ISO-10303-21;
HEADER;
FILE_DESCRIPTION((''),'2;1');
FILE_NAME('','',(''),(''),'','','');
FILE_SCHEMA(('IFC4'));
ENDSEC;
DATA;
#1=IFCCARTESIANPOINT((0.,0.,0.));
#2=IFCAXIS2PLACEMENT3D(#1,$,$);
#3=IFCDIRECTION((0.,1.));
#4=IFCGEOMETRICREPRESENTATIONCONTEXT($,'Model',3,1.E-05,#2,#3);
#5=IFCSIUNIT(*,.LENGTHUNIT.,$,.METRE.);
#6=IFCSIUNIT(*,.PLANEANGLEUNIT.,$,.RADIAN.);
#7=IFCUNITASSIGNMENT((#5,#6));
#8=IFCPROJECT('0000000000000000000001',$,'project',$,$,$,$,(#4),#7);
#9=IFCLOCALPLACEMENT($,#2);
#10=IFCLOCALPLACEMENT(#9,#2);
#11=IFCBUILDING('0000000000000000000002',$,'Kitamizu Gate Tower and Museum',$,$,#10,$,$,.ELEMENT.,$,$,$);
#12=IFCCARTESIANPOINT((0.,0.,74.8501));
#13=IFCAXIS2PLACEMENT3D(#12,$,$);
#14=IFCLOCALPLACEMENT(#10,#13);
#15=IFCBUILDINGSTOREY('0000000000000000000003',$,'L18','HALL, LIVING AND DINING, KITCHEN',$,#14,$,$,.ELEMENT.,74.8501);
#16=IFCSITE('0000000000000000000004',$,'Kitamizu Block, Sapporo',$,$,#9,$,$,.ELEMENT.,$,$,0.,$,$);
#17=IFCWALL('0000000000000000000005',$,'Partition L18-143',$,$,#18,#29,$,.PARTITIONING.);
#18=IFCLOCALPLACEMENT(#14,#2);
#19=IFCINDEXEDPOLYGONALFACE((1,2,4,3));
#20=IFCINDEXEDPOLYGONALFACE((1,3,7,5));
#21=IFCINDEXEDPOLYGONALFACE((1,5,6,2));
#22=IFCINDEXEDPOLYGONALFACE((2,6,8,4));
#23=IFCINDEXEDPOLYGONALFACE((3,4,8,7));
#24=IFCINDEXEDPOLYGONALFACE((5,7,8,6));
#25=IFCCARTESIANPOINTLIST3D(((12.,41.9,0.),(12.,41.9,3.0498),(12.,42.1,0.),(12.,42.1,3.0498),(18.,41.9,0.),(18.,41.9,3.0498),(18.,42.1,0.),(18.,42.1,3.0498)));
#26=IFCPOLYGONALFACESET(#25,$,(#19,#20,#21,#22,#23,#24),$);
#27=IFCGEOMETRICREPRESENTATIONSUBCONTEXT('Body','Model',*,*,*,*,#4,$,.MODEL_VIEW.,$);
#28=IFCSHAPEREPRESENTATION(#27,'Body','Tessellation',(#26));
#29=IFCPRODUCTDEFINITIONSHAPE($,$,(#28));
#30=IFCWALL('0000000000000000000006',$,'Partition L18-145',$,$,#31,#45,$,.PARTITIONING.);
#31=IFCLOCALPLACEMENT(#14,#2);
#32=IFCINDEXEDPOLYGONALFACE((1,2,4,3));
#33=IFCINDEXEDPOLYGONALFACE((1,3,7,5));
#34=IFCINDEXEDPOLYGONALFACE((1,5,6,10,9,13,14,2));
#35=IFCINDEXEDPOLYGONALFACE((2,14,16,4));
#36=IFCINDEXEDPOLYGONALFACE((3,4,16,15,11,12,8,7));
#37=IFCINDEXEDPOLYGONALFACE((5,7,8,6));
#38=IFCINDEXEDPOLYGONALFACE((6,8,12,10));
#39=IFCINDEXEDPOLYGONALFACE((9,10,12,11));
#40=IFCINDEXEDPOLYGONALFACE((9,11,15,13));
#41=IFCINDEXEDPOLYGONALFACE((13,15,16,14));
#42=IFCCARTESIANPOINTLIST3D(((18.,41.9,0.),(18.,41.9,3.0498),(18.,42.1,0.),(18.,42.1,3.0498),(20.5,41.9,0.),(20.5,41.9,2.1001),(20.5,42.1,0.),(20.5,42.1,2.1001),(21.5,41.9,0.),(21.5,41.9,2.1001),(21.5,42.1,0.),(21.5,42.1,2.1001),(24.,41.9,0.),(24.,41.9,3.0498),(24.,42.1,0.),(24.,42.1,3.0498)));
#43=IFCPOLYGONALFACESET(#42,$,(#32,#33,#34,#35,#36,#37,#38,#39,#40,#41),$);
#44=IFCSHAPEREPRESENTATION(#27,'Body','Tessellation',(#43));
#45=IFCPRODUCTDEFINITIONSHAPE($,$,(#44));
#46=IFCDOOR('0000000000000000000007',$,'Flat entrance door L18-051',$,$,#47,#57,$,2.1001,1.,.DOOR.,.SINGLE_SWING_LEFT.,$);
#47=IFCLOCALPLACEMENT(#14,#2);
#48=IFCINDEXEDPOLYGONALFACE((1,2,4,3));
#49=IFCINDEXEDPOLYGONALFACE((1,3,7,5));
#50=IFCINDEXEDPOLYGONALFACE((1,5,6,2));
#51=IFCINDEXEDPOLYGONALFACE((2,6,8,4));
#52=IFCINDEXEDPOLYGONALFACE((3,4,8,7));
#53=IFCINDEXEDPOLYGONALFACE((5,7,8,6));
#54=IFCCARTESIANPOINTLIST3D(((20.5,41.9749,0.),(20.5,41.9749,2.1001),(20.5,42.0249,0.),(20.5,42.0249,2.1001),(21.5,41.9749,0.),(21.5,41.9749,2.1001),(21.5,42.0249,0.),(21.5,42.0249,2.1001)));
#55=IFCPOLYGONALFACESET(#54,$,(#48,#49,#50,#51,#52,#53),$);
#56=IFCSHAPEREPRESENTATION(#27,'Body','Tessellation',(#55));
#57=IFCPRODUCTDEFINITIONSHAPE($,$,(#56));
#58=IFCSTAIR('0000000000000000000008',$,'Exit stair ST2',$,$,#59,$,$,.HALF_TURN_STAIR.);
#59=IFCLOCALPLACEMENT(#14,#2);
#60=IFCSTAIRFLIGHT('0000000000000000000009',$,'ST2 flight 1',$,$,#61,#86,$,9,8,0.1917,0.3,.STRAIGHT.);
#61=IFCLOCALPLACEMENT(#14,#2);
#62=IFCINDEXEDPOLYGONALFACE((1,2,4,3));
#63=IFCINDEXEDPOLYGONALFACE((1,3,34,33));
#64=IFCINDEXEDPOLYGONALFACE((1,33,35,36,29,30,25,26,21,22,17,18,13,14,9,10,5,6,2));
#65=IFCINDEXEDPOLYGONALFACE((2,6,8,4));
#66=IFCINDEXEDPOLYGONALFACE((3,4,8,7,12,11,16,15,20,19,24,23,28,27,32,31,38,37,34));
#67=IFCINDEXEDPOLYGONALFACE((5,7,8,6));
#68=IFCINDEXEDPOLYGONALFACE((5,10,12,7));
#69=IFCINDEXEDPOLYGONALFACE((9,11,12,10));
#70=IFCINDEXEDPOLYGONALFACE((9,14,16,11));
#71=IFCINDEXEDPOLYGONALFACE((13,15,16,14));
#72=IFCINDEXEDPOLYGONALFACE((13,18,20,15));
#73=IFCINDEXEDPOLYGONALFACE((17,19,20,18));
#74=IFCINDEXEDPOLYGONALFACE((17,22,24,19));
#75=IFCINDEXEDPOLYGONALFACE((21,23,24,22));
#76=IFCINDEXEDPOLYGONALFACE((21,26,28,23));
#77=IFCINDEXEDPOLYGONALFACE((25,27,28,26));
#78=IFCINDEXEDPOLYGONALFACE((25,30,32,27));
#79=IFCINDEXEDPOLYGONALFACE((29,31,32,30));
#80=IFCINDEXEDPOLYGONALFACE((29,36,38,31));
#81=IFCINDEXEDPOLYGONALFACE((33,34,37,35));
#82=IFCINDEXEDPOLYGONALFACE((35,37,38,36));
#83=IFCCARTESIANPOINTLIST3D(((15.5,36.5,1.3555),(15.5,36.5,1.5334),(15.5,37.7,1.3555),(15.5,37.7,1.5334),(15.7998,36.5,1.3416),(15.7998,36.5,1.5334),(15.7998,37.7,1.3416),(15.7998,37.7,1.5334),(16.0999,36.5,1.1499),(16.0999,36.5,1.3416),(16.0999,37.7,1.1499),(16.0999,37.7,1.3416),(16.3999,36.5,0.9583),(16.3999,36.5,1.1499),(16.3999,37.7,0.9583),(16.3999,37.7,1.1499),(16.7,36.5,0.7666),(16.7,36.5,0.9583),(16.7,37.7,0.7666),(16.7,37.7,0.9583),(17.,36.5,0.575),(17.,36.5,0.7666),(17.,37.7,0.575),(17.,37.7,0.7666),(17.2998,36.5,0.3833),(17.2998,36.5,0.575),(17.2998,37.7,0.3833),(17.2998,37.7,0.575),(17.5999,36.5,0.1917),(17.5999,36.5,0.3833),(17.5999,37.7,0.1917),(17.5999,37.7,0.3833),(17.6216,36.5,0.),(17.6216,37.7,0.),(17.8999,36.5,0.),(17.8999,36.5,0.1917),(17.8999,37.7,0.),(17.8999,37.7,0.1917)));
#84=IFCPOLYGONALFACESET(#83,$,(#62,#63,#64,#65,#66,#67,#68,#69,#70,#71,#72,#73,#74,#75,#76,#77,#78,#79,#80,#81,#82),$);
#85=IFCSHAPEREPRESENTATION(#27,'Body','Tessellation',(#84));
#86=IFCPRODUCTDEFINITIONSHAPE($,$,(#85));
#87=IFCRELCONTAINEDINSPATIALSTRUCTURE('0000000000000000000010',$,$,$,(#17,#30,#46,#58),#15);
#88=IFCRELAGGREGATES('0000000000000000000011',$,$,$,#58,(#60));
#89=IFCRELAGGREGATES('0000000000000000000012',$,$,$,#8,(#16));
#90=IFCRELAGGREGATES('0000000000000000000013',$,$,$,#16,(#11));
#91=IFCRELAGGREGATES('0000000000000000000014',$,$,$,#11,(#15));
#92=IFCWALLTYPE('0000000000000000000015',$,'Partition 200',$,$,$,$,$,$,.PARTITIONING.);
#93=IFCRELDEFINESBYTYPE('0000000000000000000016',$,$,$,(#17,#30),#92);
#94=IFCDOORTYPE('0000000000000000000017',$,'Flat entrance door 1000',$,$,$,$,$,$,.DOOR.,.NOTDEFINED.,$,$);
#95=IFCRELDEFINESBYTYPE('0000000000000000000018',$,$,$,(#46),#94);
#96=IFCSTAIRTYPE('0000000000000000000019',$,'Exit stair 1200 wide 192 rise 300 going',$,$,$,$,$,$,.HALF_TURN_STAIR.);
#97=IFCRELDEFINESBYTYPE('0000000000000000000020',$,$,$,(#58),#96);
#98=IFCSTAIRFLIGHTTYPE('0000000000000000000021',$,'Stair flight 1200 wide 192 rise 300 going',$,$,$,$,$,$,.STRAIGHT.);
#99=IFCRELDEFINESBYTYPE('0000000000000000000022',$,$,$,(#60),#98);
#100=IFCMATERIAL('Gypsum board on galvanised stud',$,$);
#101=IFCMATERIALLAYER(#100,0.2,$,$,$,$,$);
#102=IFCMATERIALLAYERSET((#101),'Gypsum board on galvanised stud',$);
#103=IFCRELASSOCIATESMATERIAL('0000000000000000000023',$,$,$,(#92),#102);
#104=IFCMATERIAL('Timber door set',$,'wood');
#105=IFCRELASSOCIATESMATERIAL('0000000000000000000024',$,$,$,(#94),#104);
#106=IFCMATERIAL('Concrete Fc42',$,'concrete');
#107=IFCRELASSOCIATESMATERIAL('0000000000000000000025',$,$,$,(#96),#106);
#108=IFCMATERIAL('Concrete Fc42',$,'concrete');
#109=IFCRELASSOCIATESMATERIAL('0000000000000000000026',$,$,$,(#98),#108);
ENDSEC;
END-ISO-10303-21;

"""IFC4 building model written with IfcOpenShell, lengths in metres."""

from ifc_helpers import new_model, si_unit, direction, frame, frame_2d, origin, place, context, subcontext, project, spatial, polyline, rectangle, outline, extrude, material, layer, layer_set, type_object, element, fill, aggregate, save


model = new_model("IFC4")

# Units and contexts
model_context = context("Model", 3, precision=1e-05, world=origin(), true_north=direction((0.0, 1.0)))
body_context = subcontext(model_context, "Body", "Model", "MODEL_VIEW")
ifc_project = project(units=[si_unit("LENGTHUNIT", "METRE"), si_unit("PLANEANGLEUNIT", "RADIAN")], contexts=[model_context])

# Site, building, storey
site_placement = place(None, origin())
site = spatial("IfcSite", under=ifc_project, at=site_placement, Name="Kitamizu Block, Sapporo", CompositionType="ELEMENT", RefElevation=0.0)
building_placement = place(site_placement, origin())
building = spatial("IfcBuilding", under=site, at=building_placement, Name="Kitamizu Gate Tower and Museum", CompositionType="ELEMENT")
storey_placement = place(building_placement, frame((0.0, 0.0, 74.8501)))
storey = spatial("IfcBuildingStorey", under=building, at=storey_placement, Name="L18", Description="HALL, LIVING AND DINING, KITCHEN", CompositionType="ELEMENT", Elevation=74.8501)

# Wall
ifc_material_1 = material(Name="Gypsum board on galvanised stud")
ifc_layer_1 = layer(ifc_material_1, 0.2)
ifc_layer_set_1 = layer_set([ifc_layer_1], Name="Gypsum board on galvanised stud")
wall_type_1 = type_object("IfcWallType", Name="Partition 200", PredefinedType="PARTITIONING", material=ifc_layer_set_1)
wall_1_placement = place(storey_placement, frame((12.0, 42.0, 0.0), z_axis=(0.0, 0.0, 1.0), x_axis=(1.0, 0.0, 0.0)))
element("IfcWall", 1, at=wall_1_placement, inside=storey, type_object=wall_type_1, Name="Partition L18-143", PredefinedType="PARTITIONING", context=body_context, shape_type="SweptSolid", body=[
    extrude(rectangle(XDim=6.0, YDim=0.2, at=frame_2d((3.0, 0.0))), origin(), (0.0, 0.0, 1.0), 3.0498),
])

# Wall, opening, door
wall_2_placement = place(storey_placement, frame((18.0, 42.0, 0.0), z_axis=(0.0, 0.0, 1.0), x_axis=(1.0, 0.0, 0.0)))
wall_2 = element("IfcWall", 2, at=wall_2_placement, inside=storey, type_object=wall_type_1, Name="Partition L18-145", PredefinedType="PARTITIONING", context=body_context, shape_type="SweptSolid", body=[
    extrude(rectangle(XDim=6.0, YDim=0.2, at=frame_2d((3.0, 0.0))), origin(), (0.0, 0.0, 1.0), 3.0498),
])
opening_1_placement = place(wall_2_placement, frame((2.5, 0.0, 0.0)))
opening_1 = element("IfcOpeningElement", 3, at=opening_1_placement, cuts=wall_2, PredefinedType="OPENING", context=body_context, shape_type="SweptSolid", body=[
    extrude(rectangle(XDim=1.0, YDim=2.1001, at=frame_2d((0.5, 1.05))), frame((0.0, 0.1099, 0.0), z_axis=(0.0, -1.0, 0.0), x_axis=(1.0, 0.0, 0.0)), (0.0, 0.0, 1.0), 0.22),
])
ifc_material_2 = material(Name="Timber door set", Category="wood")
door_type_1 = type_object("IfcDoorType", Name="Flat entrance door 1000", OperationType="NOTDEFINED", PredefinedType="DOOR", material=ifc_material_2)
door_1_placement = place(opening_1_placement, origin())
door_1 = element("IfcDoor", 4, at=door_1_placement, inside=storey, type_object=door_type_1, Name="Flat entrance door L18-051", OperationType="SINGLE_SWING_LEFT", OverallHeight=2.1001, OverallWidth=1.0, PredefinedType="DOOR", context=body_context, shape_type="SweptSolid", body=[
    extrude(rectangle(XDim=1.0, YDim=2.1001, at=frame_2d((0.5, 1.05))), frame((0.0, 0.0249, 0.0), z_axis=(0.0, -1.0, 0.0), x_axis=(1.0, 0.0, 0.0)), (0.0, 0.0, 1.0), 0.05),
])
fill(opening_1, door_1)

# Stair, stair flight
ifc_material_3 = material(Name="Concrete Fc42", Category="concrete")
stair_type = type_object("IfcStairType", Name="Exit stair 1200 wide 192 rise 300 going", PredefinedType="HALF_TURN_STAIR", material=ifc_material_3)
stair_placement = place(storey_placement, origin())
stair = element("IfcStair", 5, at=stair_placement, inside=storey, type_object=stair_type, Name="Exit stair ST2", PredefinedType="HALF_TURN_STAIR")
ifc_material_4 = material(Name="Concrete Fc42", Category="concrete")
stair_flight_type = type_object("IfcStairFlightType", Name="Stair flight 1200 wide 192 rise 300 going", PredefinedType="STRAIGHT", material=ifc_material_4)
stair_flight_placement = place(storey_placement, frame((17.8999, 37.1001, 0.0), z_axis=(0.0, 0.0, 1.0), x_axis=(-1.0, 0.0, 0.0)))
stair_flight = element("IfcStairFlight", 6, at=stair_flight_placement, type_object=stair_flight_type, Name="ST2 flight 1", NumberOfRisers=9, NumberOfTreads=8, PredefinedType="STRAIGHT", RiserHeight=0.1917, TreadLength=0.3, context=body_context, shape_type="SweptSolid", body=[
    extrude(outline(polyline([(0.0, 0.0), (0.0, 0.1917), (0.3, 0.1917), (0.3, 0.3833), (0.6001, 0.3833), (0.6001, 0.575), (0.8999, 0.575), (0.8999, 0.7666), (1.2, 0.7666), (1.2, 0.9583), (1.5, 0.9583), (1.5, 1.1499), (1.8, 1.1499), (1.8, 1.3416), (2.1001, 1.3416), (2.1001, 1.5334), (2.3999, 1.5334), (2.3999, 1.7251), (2.3999, 1.3555), (0.2783, 0.0), (0.0, 0.0)])), frame((0.0, 0.6001, 0.0), z_axis=(0.0, -1.0, 0.0), x_axis=(1.0, 0.0, 0.0)), (0.0, 0.0, 1.0), 1.2),
])
aggregate(stair, [stair_flight])

save(model, "model.ifc")
